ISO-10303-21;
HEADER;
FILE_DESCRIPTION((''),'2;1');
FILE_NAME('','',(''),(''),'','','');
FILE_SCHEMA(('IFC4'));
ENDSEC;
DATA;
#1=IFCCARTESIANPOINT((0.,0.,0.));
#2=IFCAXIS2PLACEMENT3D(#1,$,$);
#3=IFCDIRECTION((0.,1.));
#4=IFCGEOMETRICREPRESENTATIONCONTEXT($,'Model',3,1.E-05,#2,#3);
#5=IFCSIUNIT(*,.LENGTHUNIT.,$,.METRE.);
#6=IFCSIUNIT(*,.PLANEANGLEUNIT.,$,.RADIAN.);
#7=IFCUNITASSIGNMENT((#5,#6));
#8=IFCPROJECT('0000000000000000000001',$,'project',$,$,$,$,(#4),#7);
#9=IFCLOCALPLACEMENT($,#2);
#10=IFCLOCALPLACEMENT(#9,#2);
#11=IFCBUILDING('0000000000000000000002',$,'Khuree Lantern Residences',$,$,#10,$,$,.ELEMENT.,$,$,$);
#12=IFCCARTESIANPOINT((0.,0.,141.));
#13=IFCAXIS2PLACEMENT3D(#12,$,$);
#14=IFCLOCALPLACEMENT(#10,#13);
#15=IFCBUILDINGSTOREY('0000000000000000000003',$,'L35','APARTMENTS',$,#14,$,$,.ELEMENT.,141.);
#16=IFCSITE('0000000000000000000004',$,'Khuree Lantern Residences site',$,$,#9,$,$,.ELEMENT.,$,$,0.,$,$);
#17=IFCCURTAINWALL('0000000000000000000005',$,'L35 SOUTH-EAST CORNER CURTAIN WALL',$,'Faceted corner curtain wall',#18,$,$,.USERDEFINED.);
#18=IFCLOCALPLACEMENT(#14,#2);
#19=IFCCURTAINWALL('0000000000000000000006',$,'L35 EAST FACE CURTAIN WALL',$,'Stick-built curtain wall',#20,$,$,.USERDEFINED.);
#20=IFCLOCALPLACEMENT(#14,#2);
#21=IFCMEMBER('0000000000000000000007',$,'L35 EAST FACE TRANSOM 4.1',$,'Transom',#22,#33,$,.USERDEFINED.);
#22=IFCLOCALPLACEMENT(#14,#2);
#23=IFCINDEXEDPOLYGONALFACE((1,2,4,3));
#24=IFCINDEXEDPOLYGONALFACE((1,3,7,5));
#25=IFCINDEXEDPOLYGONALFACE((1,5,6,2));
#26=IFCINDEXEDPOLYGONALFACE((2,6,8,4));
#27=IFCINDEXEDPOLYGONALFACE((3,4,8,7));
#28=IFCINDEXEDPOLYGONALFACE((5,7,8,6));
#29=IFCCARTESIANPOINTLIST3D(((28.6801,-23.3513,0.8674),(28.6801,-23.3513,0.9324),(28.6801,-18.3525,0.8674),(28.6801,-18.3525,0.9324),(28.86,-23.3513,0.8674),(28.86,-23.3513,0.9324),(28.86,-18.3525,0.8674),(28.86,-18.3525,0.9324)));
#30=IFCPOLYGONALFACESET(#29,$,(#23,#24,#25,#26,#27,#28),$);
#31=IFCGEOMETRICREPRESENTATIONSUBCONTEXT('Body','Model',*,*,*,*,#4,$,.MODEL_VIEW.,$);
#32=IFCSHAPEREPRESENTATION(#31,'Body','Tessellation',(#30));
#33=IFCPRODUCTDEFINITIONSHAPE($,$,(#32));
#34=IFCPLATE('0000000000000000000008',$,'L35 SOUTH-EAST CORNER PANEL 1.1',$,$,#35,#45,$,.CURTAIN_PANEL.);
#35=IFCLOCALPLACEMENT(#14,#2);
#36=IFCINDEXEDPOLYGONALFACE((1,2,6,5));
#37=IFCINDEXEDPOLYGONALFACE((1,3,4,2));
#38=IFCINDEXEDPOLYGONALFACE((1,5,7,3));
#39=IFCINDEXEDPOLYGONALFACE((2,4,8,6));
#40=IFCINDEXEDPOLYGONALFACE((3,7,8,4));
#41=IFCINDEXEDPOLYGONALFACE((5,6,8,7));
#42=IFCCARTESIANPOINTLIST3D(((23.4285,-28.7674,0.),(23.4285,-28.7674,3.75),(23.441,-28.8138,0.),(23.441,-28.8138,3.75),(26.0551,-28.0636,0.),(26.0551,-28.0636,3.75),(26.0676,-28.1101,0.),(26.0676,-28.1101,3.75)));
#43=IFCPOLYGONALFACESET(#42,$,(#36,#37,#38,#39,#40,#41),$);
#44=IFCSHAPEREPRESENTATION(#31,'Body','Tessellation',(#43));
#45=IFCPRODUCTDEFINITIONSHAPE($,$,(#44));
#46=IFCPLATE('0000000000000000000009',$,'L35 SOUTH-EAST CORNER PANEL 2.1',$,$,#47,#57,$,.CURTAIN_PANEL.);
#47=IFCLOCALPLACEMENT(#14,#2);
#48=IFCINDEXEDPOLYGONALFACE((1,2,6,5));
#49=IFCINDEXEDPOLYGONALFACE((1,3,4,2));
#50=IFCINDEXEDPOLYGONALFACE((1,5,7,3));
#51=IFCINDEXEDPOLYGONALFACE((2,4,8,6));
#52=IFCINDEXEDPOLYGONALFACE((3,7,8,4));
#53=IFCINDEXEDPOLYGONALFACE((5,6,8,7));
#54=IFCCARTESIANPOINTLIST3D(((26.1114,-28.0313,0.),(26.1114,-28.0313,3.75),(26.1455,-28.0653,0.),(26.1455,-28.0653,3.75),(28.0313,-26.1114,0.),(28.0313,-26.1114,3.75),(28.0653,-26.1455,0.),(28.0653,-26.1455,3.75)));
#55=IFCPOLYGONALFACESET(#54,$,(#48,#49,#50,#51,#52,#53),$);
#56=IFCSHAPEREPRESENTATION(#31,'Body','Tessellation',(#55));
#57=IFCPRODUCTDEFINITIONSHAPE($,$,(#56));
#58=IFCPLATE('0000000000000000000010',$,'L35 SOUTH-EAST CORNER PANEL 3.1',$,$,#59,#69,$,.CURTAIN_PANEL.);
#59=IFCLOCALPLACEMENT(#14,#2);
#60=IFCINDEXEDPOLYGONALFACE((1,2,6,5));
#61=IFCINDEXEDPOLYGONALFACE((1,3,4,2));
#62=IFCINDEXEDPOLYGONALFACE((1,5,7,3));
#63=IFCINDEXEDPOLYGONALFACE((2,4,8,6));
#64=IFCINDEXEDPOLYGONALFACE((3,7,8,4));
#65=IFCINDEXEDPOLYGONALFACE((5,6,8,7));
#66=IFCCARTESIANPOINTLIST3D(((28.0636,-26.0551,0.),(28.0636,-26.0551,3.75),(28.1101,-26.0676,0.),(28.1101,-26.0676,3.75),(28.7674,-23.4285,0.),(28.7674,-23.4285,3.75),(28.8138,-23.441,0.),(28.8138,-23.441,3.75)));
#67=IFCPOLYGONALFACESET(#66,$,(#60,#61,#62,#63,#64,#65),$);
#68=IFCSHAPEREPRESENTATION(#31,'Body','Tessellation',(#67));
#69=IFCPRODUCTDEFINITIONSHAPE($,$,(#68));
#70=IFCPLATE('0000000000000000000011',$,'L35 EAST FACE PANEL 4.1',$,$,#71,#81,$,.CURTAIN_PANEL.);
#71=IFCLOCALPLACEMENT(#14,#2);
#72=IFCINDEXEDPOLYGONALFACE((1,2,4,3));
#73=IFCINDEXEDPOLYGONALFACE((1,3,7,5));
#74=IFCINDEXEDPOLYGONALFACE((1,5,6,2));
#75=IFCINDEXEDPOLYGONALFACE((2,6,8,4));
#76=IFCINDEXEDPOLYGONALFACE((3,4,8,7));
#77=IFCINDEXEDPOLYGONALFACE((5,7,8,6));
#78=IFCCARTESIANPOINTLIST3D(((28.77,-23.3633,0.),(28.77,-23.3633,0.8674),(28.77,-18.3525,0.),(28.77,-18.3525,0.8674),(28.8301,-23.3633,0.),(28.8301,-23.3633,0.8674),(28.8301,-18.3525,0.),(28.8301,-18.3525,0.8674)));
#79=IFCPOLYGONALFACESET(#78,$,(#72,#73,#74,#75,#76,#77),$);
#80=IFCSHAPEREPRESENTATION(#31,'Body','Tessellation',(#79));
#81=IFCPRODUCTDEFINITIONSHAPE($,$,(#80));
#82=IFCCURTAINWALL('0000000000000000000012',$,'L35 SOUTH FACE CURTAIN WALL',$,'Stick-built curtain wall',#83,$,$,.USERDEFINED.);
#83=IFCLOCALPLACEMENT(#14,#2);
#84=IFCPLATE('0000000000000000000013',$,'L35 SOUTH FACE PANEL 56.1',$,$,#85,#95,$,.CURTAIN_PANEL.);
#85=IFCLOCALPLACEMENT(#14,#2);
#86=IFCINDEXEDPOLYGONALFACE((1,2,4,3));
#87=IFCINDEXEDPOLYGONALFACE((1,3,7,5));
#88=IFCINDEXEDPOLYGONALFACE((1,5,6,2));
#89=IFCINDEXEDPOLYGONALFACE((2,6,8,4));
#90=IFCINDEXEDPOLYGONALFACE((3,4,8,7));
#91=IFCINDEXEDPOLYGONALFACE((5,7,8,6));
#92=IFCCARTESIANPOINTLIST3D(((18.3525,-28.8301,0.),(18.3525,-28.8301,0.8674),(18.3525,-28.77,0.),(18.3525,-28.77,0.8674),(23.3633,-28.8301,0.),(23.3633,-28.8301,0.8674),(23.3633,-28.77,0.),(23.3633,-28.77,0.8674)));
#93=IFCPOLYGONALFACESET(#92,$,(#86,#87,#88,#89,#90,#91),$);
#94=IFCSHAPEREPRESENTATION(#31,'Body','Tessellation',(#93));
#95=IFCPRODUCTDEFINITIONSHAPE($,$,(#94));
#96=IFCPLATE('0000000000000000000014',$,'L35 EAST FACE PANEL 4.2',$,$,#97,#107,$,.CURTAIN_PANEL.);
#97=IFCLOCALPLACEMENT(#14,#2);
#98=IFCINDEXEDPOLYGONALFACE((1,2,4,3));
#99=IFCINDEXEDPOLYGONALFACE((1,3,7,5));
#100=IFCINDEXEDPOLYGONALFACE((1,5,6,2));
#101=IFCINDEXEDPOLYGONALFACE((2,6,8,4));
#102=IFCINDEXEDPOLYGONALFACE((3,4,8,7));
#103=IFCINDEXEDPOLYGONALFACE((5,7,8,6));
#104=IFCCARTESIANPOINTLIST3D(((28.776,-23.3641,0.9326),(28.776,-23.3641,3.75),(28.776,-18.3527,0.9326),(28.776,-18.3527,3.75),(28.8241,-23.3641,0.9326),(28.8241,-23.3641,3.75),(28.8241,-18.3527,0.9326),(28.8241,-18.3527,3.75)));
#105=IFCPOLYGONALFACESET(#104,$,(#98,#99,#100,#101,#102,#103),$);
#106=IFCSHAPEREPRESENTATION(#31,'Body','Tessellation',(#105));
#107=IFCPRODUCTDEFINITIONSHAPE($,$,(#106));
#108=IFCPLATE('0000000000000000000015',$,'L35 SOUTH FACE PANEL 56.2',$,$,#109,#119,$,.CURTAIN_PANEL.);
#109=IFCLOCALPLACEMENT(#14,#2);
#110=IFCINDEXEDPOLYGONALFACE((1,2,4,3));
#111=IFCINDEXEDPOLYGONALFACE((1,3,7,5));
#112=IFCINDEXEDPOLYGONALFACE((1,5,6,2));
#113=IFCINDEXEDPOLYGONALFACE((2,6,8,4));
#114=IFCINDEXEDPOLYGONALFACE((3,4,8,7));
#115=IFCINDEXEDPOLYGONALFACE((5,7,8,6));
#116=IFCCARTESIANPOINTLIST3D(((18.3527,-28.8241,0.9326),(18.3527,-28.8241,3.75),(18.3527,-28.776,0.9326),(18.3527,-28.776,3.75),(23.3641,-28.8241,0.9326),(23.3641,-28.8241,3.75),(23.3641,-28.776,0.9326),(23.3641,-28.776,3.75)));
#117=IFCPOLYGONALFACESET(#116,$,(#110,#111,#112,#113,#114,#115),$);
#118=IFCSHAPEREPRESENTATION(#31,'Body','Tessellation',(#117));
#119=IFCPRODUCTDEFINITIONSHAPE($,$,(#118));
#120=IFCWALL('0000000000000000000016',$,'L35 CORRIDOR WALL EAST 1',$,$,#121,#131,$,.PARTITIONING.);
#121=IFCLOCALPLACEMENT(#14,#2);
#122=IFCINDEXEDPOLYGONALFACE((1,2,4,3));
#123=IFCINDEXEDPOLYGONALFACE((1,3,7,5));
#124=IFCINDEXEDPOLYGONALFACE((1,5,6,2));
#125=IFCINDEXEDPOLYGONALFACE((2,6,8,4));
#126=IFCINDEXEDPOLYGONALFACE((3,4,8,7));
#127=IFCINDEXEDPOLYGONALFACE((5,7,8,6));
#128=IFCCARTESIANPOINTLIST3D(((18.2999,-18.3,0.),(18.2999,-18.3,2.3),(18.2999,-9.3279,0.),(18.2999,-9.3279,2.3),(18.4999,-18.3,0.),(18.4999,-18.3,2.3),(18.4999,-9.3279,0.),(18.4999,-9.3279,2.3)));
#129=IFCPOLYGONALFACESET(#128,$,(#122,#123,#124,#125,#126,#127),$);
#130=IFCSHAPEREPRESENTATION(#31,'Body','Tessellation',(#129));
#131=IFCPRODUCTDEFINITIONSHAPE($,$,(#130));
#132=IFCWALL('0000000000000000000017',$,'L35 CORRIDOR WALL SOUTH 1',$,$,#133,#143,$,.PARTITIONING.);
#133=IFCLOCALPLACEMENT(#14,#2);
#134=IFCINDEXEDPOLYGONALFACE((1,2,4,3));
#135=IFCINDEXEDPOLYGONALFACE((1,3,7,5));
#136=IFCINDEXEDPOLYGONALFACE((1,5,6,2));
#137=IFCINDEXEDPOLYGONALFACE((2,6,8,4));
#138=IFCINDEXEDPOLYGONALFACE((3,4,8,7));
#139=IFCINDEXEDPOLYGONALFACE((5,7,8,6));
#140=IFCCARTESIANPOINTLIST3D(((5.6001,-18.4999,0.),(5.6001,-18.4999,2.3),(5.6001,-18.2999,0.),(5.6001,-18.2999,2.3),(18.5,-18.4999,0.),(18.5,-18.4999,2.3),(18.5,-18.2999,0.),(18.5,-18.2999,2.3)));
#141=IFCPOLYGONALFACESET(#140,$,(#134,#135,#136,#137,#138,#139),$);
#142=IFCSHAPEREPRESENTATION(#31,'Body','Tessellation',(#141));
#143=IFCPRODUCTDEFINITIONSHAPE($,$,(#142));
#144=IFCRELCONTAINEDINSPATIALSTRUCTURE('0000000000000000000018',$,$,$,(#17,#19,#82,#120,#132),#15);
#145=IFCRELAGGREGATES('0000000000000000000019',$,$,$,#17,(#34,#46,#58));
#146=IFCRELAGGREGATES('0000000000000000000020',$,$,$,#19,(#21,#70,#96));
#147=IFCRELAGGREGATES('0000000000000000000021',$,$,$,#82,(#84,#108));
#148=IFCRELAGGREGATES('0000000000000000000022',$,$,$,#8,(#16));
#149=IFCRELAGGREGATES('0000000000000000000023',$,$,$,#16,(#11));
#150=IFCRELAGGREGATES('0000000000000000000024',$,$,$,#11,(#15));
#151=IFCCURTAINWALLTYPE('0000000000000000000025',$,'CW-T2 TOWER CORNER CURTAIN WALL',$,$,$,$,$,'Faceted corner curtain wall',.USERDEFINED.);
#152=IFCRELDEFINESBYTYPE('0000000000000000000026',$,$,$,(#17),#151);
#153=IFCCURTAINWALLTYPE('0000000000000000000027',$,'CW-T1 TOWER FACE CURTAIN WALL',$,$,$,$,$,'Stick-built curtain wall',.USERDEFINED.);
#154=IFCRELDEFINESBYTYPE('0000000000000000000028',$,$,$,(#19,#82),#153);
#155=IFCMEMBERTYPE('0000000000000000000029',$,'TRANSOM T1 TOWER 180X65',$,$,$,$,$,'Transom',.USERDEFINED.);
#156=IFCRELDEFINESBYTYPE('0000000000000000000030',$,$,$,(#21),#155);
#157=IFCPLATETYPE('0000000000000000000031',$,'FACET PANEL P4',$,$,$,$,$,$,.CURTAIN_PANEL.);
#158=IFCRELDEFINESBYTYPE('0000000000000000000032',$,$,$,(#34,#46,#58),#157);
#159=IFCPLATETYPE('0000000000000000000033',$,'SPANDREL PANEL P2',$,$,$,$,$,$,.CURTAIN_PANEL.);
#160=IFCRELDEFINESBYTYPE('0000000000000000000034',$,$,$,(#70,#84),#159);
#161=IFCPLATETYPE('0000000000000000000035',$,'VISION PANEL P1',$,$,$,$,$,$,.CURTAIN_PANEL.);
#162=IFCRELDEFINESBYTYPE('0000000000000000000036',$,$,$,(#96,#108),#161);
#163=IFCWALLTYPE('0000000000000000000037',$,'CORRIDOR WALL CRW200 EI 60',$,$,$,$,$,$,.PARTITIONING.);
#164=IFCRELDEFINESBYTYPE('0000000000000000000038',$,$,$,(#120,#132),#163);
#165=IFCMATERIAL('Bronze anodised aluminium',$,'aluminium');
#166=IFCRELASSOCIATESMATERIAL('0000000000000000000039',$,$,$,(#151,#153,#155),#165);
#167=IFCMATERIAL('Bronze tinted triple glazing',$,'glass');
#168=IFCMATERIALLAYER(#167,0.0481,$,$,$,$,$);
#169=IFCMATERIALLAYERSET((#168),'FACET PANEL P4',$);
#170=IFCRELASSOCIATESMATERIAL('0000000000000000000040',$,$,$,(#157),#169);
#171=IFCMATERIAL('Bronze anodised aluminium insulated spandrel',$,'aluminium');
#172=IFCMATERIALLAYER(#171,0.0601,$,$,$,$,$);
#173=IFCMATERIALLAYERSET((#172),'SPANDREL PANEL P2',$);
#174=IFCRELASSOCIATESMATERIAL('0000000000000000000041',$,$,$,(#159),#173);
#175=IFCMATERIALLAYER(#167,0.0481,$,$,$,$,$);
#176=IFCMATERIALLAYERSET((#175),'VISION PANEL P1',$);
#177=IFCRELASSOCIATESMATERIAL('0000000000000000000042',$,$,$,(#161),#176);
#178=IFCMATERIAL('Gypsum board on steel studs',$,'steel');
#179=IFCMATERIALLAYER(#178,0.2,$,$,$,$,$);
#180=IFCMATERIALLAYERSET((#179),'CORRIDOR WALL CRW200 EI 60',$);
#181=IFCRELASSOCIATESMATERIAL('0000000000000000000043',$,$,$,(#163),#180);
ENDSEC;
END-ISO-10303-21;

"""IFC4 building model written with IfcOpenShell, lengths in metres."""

from ifc_helpers import new_model, si_unit, direction, frame, frame_2d, origin, origin_2d, place, context, subcontext, project, spatial, rectangle, extrude, material, layer, layer_set, material_profile, profile_set, type_object, element, aggregate, save


model = new_model("IFC4")

# Units and contexts
model_context = context("Model", 3, precision=1e-05, world=origin(), true_north=direction((0.0, 1.0)))
body_context = subcontext(model_context, "Body", "Model", "MODEL_VIEW")
ifc_project = project(units=[si_unit("LENGTHUNIT", "METRE"), si_unit("PLANEANGLEUNIT", "RADIAN")], contexts=[model_context])

# Site, building, storey
site_placement = place(None, origin())
site = spatial("IfcSite", under=ifc_project, at=site_placement, Name="Khuree Lantern Residences site", CompositionType="ELEMENT", RefElevation=0.0)
building_placement = place(site_placement, origin())
building = spatial("IfcBuilding", under=site, at=building_placement, Name="Khuree Lantern Residences", CompositionType="ELEMENT")
storey_placement = place(building_placement, frame((0.0, 0.0, 141.0)))
storey = spatial("IfcBuildingStorey", under=building, at=storey_placement, Name="L35", Description="APARTMENTS", CompositionType="ELEMENT", Elevation=141.0)

# Curtain walls
ifc_material_1 = material(Name="Bronze anodised aluminium", Category="aluminium")
curtain_wall_type_1 = type_object("IfcCurtainWallType", Name="CW-T2 TOWER CORNER CURTAIN WALL", ElementType="Faceted corner curtain wall", PredefinedType="USERDEFINED", material=ifc_material_1)
curtain_wall_1_placement = place(storey_placement, origin())
curtain_wall_1 = element("IfcCurtainWall", 1, at=curtain_wall_1_placement, inside=storey, type_object=curtain_wall_type_1, Name="L35 SOUTH-EAST CORNER CURTAIN WALL", ObjectType="Faceted corner curtain wall", PredefinedType="USERDEFINED")
curtain_wall_type_2 = type_object("IfcCurtainWallType", Name="CW-T1 TOWER FACE CURTAIN WALL", ElementType="Stick-built curtain wall", PredefinedType="USERDEFINED", material=ifc_material_1)
curtain_wall_2_placement = place(storey_placement, origin())
curtain_wall_2 = element("IfcCurtainWall", 2, at=curtain_wall_2_placement, inside=storey, type_object=curtain_wall_type_2, Name="L35 EAST FACE CURTAIN WALL", ObjectType="Stick-built curtain wall", PredefinedType="USERDEFINED")

# Member
ifc_material_profile_1 = material_profile(ifc_material_1, rectangle(XDim=0.1799, YDim=0.0649, at=origin_2d()), Name="T1 180X65")
ifc_profile_set_1 = profile_set([ifc_material_profile_1], Name="Bronze anodised aluminium")
member_type_1 = type_object("IfcMemberType", Name="TRANSOM T1 TOWER 180X65", ElementType="Transom", PredefinedType="USERDEFINED", material=ifc_profile_set_1)
member_1_placement = place(storey_placement, frame((28.77, -23.3513, 0.8999), z_axis=(0.0, 1.0, 0.0), x_axis=(-1.0, 0.0, 0.0)))
member_1 = element("IfcMember", 3, at=member_1_placement, type_object=member_type_1, Name="L35 EAST FACE TRANSOM 4.1", ObjectType="Transom", PredefinedType="USERDEFINED", context=body_context, shape_type="SweptSolid", body=[
    extrude(rectangle(XDim=0.1799, YDim=0.0649, at=origin_2d()), origin(), (0.0, 0.0, 1.0), 4.9988),
])

# Plates
ifc_material_2 = material(Name="Bronze tinted triple glazing", Category="glass")
ifc_layer_1 = layer(ifc_material_2, 0.0481)
ifc_layer_set_1 = layer_set([ifc_layer_1], Name="FACET PANEL P4")
plate_type_1 = type_object("IfcPlateType", Name="FACET PANEL P4", PredefinedType="CURTAIN_PANEL", material=ifc_layer_set_1)
plate_1_placement = place(storey_placement, frame((24.748, -28.4387, 0.0), z_axis=(0.0, 0.0, 1.0), x_axis=(0.965926, 0.258819, 0.0)))
plate_1 = element("IfcPlate", 4, at=plate_1_placement, type_object=plate_type_1, Name="L35 SOUTH-EAST CORNER PANEL 1.1", PredefinedType="CURTAIN_PANEL", context=body_context, shape_type="SweptSolid", body=[
    extrude(rectangle(XDim=2.7192, YDim=0.0481, at=origin_2d()), origin(), (0.0, 0.0, 1.0), 3.75),
])
plate_2_placement = place(storey_placement, frame((27.0884, -27.0884, 0.0), z_axis=(0.0, 0.0, 1.0), x_axis=(0.707107, 0.707107, 0.0)))
plate_2 = element("IfcPlate", 5, at=plate_2_placement, type_object=plate_type_1, Name="L35 SOUTH-EAST CORNER PANEL 2.1", PredefinedType="CURTAIN_PANEL", context=body_context, shape_type="SweptSolid", body=[
    extrude(rectangle(XDim=2.7151, YDim=0.0481, at=origin_2d()), origin(), (0.0, 0.0, 1.0), 3.75),
])
plate_3_placement = place(storey_placement, frame((28.4387, -24.748, 0.0), z_axis=(0.0, 0.0, 1.0), x_axis=(0.258819, 0.965926, 0.0)))
plate_3 = element("IfcPlate", 6, at=plate_3_placement, type_object=plate_type_1, Name="L35 SOUTH-EAST CORNER PANEL 3.1", PredefinedType="CURTAIN_PANEL", context=body_context, shape_type="SweptSolid", body=[
    extrude(rectangle(XDim=2.7192, YDim=0.0481, at=origin_2d()), origin(), (0.0, 0.0, 1.0), 3.75),
])
aggregate(curtain_wall_1, [plate_1, plate_2, plate_3])
ifc_material_3 = material(Name="Bronze anodised aluminium insulated spandrel", Category="aluminium")
ifc_layer_2 = layer(ifc_material_3, 0.0601)
ifc_layer_set_2 = layer_set([ifc_layer_2], Name="SPANDREL PANEL P2")
plate_type_2 = type_object("IfcPlateType", Name="SPANDREL PANEL P2", PredefinedType="CURTAIN_PANEL", material=ifc_layer_set_2)
plate_4_placement = place(storey_placement, frame((28.8, -20.8579, 0.0), z_axis=(0.0, 0.0, 1.0), x_axis=(0.0, 1.0, 0.0)))
plate_4 = element("IfcPlate", 7, at=plate_4_placement, type_object=plate_type_2, Name="L35 EAST FACE PANEL 4.1", PredefinedType="CURTAIN_PANEL", context=body_context, shape_type="SweptSolid", body=[
    extrude(rectangle(XDim=5.0107, YDim=0.0601, at=origin_2d()), origin(), (0.0, 0.0, 1.0), 0.8674),
])

# Curtain wall, plate
curtain_wall_3_placement = place(storey_placement, origin())
curtain_wall_3 = element("IfcCurtainWall", 8, at=curtain_wall_3_placement, inside=storey, type_object=curtain_wall_type_2, Name="L35 SOUTH FACE CURTAIN WALL", ObjectType="Stick-built curtain wall", PredefinedType="USERDEFINED")
plate_5_placement = place(storey_placement, frame((20.8579, -28.8, 0.0), z_axis=(0.0, 0.0, 1.0), x_axis=(1.0, 0.0, 0.0)))
plate_5 = element("IfcPlate", 9, at=plate_5_placement, type_object=plate_type_2, Name="L35 SOUTH FACE PANEL 56.1", PredefinedType="CURTAIN_PANEL", context=body_context, shape_type="SweptSolid", body=[
    extrude(rectangle(XDim=5.0107, YDim=0.0601, at=origin_2d()), origin(), (0.0, 0.0, 1.0), 0.8674),
])

# Plates
ifc_layer_3 = layer(ifc_material_2, 0.0481)
ifc_layer_set_3 = layer_set([ifc_layer_3], Name="VISION PANEL P1")
plate_type_3 = type_object("IfcPlateType", Name="VISION PANEL P1", PredefinedType="CURTAIN_PANEL", material=ifc_layer_set_3)
plate_6_placement = place(storey_placement, frame((28.8, -20.8584, 0.9326), z_axis=(0.0, 0.0, 1.0), x_axis=(0.0, 1.0, 0.0)))
plate_6 = element("IfcPlate", 10, at=plate_6_placement, type_object=plate_type_3, Name="L35 EAST FACE PANEL 4.2", PredefinedType="CURTAIN_PANEL", context=body_context, shape_type="SweptSolid", body=[
    extrude(rectangle(XDim=5.0115, YDim=0.0481, at=origin_2d()), origin(), (0.0, 0.0, 1.0), 2.8174),
])
aggregate(curtain_wall_2, [member_1, plate_4, plate_6])
plate_7_placement = place(storey_placement, frame((20.8584, -28.8, 0.9326), z_axis=(0.0, 0.0, 1.0), x_axis=(1.0, 0.0, 0.0)))
plate_7 = element("IfcPlate", 11, at=plate_7_placement, type_object=plate_type_3, Name="L35 SOUTH FACE PANEL 56.2", PredefinedType="CURTAIN_PANEL", context=body_context, shape_type="SweptSolid", body=[
    extrude(rectangle(XDim=5.0115, YDim=0.0481, at=origin_2d()), origin(), (0.0, 0.0, 1.0), 2.8174),
])
aggregate(curtain_wall_3, [plate_5, plate_7])

# Walls
ifc_material_4 = material(Name="Gypsum board on steel studs", Category="steel")
ifc_layer_4 = layer(ifc_material_4, 0.2)
ifc_layer_set_4 = layer_set([ifc_layer_4], Name="CORRIDOR WALL CRW200 EI 60")
wall_type = type_object("IfcWallType", Name="CORRIDOR WALL CRW200 EI 60", PredefinedType="PARTITIONING", material=ifc_layer_set_4)
wall_1_placement = place(storey_placement, frame((18.3999, -18.3, 0.0), z_axis=(0.0, 0.0, 1.0), x_axis=(0.0, 1.0, 0.0)))
element("IfcWall", 12, at=wall_1_placement, inside=storey, type_object=wall_type, Name="L35 CORRIDOR WALL EAST 1", PredefinedType="PARTITIONING", context=body_context, shape_type="SweptSolid", body=[
    extrude(rectangle(XDim=8.9722, YDim=0.2, at=frame_2d((4.4861, 0.0))), origin(), (0.0, 0.0, 1.0), 2.3),
])
wall_2_placement = place(storey_placement, frame((18.5, -18.3999, 0.0), z_axis=(0.0, 0.0, 1.0), x_axis=(-1.0, 0.0, 0.0)))
element("IfcWall", 13, at=wall_2_placement, inside=storey, type_object=wall_type, Name="L35 CORRIDOR WALL SOUTH 1", PredefinedType="PARTITIONING", context=body_context, shape_type="SweptSolid", body=[
    extrude(rectangle(XDim=12.8999, YDim=0.2, at=frame_2d((6.45, 0.0))), origin(), (0.0, 0.0, 1.0), 2.3),
])

save(model, "model.ifc")
